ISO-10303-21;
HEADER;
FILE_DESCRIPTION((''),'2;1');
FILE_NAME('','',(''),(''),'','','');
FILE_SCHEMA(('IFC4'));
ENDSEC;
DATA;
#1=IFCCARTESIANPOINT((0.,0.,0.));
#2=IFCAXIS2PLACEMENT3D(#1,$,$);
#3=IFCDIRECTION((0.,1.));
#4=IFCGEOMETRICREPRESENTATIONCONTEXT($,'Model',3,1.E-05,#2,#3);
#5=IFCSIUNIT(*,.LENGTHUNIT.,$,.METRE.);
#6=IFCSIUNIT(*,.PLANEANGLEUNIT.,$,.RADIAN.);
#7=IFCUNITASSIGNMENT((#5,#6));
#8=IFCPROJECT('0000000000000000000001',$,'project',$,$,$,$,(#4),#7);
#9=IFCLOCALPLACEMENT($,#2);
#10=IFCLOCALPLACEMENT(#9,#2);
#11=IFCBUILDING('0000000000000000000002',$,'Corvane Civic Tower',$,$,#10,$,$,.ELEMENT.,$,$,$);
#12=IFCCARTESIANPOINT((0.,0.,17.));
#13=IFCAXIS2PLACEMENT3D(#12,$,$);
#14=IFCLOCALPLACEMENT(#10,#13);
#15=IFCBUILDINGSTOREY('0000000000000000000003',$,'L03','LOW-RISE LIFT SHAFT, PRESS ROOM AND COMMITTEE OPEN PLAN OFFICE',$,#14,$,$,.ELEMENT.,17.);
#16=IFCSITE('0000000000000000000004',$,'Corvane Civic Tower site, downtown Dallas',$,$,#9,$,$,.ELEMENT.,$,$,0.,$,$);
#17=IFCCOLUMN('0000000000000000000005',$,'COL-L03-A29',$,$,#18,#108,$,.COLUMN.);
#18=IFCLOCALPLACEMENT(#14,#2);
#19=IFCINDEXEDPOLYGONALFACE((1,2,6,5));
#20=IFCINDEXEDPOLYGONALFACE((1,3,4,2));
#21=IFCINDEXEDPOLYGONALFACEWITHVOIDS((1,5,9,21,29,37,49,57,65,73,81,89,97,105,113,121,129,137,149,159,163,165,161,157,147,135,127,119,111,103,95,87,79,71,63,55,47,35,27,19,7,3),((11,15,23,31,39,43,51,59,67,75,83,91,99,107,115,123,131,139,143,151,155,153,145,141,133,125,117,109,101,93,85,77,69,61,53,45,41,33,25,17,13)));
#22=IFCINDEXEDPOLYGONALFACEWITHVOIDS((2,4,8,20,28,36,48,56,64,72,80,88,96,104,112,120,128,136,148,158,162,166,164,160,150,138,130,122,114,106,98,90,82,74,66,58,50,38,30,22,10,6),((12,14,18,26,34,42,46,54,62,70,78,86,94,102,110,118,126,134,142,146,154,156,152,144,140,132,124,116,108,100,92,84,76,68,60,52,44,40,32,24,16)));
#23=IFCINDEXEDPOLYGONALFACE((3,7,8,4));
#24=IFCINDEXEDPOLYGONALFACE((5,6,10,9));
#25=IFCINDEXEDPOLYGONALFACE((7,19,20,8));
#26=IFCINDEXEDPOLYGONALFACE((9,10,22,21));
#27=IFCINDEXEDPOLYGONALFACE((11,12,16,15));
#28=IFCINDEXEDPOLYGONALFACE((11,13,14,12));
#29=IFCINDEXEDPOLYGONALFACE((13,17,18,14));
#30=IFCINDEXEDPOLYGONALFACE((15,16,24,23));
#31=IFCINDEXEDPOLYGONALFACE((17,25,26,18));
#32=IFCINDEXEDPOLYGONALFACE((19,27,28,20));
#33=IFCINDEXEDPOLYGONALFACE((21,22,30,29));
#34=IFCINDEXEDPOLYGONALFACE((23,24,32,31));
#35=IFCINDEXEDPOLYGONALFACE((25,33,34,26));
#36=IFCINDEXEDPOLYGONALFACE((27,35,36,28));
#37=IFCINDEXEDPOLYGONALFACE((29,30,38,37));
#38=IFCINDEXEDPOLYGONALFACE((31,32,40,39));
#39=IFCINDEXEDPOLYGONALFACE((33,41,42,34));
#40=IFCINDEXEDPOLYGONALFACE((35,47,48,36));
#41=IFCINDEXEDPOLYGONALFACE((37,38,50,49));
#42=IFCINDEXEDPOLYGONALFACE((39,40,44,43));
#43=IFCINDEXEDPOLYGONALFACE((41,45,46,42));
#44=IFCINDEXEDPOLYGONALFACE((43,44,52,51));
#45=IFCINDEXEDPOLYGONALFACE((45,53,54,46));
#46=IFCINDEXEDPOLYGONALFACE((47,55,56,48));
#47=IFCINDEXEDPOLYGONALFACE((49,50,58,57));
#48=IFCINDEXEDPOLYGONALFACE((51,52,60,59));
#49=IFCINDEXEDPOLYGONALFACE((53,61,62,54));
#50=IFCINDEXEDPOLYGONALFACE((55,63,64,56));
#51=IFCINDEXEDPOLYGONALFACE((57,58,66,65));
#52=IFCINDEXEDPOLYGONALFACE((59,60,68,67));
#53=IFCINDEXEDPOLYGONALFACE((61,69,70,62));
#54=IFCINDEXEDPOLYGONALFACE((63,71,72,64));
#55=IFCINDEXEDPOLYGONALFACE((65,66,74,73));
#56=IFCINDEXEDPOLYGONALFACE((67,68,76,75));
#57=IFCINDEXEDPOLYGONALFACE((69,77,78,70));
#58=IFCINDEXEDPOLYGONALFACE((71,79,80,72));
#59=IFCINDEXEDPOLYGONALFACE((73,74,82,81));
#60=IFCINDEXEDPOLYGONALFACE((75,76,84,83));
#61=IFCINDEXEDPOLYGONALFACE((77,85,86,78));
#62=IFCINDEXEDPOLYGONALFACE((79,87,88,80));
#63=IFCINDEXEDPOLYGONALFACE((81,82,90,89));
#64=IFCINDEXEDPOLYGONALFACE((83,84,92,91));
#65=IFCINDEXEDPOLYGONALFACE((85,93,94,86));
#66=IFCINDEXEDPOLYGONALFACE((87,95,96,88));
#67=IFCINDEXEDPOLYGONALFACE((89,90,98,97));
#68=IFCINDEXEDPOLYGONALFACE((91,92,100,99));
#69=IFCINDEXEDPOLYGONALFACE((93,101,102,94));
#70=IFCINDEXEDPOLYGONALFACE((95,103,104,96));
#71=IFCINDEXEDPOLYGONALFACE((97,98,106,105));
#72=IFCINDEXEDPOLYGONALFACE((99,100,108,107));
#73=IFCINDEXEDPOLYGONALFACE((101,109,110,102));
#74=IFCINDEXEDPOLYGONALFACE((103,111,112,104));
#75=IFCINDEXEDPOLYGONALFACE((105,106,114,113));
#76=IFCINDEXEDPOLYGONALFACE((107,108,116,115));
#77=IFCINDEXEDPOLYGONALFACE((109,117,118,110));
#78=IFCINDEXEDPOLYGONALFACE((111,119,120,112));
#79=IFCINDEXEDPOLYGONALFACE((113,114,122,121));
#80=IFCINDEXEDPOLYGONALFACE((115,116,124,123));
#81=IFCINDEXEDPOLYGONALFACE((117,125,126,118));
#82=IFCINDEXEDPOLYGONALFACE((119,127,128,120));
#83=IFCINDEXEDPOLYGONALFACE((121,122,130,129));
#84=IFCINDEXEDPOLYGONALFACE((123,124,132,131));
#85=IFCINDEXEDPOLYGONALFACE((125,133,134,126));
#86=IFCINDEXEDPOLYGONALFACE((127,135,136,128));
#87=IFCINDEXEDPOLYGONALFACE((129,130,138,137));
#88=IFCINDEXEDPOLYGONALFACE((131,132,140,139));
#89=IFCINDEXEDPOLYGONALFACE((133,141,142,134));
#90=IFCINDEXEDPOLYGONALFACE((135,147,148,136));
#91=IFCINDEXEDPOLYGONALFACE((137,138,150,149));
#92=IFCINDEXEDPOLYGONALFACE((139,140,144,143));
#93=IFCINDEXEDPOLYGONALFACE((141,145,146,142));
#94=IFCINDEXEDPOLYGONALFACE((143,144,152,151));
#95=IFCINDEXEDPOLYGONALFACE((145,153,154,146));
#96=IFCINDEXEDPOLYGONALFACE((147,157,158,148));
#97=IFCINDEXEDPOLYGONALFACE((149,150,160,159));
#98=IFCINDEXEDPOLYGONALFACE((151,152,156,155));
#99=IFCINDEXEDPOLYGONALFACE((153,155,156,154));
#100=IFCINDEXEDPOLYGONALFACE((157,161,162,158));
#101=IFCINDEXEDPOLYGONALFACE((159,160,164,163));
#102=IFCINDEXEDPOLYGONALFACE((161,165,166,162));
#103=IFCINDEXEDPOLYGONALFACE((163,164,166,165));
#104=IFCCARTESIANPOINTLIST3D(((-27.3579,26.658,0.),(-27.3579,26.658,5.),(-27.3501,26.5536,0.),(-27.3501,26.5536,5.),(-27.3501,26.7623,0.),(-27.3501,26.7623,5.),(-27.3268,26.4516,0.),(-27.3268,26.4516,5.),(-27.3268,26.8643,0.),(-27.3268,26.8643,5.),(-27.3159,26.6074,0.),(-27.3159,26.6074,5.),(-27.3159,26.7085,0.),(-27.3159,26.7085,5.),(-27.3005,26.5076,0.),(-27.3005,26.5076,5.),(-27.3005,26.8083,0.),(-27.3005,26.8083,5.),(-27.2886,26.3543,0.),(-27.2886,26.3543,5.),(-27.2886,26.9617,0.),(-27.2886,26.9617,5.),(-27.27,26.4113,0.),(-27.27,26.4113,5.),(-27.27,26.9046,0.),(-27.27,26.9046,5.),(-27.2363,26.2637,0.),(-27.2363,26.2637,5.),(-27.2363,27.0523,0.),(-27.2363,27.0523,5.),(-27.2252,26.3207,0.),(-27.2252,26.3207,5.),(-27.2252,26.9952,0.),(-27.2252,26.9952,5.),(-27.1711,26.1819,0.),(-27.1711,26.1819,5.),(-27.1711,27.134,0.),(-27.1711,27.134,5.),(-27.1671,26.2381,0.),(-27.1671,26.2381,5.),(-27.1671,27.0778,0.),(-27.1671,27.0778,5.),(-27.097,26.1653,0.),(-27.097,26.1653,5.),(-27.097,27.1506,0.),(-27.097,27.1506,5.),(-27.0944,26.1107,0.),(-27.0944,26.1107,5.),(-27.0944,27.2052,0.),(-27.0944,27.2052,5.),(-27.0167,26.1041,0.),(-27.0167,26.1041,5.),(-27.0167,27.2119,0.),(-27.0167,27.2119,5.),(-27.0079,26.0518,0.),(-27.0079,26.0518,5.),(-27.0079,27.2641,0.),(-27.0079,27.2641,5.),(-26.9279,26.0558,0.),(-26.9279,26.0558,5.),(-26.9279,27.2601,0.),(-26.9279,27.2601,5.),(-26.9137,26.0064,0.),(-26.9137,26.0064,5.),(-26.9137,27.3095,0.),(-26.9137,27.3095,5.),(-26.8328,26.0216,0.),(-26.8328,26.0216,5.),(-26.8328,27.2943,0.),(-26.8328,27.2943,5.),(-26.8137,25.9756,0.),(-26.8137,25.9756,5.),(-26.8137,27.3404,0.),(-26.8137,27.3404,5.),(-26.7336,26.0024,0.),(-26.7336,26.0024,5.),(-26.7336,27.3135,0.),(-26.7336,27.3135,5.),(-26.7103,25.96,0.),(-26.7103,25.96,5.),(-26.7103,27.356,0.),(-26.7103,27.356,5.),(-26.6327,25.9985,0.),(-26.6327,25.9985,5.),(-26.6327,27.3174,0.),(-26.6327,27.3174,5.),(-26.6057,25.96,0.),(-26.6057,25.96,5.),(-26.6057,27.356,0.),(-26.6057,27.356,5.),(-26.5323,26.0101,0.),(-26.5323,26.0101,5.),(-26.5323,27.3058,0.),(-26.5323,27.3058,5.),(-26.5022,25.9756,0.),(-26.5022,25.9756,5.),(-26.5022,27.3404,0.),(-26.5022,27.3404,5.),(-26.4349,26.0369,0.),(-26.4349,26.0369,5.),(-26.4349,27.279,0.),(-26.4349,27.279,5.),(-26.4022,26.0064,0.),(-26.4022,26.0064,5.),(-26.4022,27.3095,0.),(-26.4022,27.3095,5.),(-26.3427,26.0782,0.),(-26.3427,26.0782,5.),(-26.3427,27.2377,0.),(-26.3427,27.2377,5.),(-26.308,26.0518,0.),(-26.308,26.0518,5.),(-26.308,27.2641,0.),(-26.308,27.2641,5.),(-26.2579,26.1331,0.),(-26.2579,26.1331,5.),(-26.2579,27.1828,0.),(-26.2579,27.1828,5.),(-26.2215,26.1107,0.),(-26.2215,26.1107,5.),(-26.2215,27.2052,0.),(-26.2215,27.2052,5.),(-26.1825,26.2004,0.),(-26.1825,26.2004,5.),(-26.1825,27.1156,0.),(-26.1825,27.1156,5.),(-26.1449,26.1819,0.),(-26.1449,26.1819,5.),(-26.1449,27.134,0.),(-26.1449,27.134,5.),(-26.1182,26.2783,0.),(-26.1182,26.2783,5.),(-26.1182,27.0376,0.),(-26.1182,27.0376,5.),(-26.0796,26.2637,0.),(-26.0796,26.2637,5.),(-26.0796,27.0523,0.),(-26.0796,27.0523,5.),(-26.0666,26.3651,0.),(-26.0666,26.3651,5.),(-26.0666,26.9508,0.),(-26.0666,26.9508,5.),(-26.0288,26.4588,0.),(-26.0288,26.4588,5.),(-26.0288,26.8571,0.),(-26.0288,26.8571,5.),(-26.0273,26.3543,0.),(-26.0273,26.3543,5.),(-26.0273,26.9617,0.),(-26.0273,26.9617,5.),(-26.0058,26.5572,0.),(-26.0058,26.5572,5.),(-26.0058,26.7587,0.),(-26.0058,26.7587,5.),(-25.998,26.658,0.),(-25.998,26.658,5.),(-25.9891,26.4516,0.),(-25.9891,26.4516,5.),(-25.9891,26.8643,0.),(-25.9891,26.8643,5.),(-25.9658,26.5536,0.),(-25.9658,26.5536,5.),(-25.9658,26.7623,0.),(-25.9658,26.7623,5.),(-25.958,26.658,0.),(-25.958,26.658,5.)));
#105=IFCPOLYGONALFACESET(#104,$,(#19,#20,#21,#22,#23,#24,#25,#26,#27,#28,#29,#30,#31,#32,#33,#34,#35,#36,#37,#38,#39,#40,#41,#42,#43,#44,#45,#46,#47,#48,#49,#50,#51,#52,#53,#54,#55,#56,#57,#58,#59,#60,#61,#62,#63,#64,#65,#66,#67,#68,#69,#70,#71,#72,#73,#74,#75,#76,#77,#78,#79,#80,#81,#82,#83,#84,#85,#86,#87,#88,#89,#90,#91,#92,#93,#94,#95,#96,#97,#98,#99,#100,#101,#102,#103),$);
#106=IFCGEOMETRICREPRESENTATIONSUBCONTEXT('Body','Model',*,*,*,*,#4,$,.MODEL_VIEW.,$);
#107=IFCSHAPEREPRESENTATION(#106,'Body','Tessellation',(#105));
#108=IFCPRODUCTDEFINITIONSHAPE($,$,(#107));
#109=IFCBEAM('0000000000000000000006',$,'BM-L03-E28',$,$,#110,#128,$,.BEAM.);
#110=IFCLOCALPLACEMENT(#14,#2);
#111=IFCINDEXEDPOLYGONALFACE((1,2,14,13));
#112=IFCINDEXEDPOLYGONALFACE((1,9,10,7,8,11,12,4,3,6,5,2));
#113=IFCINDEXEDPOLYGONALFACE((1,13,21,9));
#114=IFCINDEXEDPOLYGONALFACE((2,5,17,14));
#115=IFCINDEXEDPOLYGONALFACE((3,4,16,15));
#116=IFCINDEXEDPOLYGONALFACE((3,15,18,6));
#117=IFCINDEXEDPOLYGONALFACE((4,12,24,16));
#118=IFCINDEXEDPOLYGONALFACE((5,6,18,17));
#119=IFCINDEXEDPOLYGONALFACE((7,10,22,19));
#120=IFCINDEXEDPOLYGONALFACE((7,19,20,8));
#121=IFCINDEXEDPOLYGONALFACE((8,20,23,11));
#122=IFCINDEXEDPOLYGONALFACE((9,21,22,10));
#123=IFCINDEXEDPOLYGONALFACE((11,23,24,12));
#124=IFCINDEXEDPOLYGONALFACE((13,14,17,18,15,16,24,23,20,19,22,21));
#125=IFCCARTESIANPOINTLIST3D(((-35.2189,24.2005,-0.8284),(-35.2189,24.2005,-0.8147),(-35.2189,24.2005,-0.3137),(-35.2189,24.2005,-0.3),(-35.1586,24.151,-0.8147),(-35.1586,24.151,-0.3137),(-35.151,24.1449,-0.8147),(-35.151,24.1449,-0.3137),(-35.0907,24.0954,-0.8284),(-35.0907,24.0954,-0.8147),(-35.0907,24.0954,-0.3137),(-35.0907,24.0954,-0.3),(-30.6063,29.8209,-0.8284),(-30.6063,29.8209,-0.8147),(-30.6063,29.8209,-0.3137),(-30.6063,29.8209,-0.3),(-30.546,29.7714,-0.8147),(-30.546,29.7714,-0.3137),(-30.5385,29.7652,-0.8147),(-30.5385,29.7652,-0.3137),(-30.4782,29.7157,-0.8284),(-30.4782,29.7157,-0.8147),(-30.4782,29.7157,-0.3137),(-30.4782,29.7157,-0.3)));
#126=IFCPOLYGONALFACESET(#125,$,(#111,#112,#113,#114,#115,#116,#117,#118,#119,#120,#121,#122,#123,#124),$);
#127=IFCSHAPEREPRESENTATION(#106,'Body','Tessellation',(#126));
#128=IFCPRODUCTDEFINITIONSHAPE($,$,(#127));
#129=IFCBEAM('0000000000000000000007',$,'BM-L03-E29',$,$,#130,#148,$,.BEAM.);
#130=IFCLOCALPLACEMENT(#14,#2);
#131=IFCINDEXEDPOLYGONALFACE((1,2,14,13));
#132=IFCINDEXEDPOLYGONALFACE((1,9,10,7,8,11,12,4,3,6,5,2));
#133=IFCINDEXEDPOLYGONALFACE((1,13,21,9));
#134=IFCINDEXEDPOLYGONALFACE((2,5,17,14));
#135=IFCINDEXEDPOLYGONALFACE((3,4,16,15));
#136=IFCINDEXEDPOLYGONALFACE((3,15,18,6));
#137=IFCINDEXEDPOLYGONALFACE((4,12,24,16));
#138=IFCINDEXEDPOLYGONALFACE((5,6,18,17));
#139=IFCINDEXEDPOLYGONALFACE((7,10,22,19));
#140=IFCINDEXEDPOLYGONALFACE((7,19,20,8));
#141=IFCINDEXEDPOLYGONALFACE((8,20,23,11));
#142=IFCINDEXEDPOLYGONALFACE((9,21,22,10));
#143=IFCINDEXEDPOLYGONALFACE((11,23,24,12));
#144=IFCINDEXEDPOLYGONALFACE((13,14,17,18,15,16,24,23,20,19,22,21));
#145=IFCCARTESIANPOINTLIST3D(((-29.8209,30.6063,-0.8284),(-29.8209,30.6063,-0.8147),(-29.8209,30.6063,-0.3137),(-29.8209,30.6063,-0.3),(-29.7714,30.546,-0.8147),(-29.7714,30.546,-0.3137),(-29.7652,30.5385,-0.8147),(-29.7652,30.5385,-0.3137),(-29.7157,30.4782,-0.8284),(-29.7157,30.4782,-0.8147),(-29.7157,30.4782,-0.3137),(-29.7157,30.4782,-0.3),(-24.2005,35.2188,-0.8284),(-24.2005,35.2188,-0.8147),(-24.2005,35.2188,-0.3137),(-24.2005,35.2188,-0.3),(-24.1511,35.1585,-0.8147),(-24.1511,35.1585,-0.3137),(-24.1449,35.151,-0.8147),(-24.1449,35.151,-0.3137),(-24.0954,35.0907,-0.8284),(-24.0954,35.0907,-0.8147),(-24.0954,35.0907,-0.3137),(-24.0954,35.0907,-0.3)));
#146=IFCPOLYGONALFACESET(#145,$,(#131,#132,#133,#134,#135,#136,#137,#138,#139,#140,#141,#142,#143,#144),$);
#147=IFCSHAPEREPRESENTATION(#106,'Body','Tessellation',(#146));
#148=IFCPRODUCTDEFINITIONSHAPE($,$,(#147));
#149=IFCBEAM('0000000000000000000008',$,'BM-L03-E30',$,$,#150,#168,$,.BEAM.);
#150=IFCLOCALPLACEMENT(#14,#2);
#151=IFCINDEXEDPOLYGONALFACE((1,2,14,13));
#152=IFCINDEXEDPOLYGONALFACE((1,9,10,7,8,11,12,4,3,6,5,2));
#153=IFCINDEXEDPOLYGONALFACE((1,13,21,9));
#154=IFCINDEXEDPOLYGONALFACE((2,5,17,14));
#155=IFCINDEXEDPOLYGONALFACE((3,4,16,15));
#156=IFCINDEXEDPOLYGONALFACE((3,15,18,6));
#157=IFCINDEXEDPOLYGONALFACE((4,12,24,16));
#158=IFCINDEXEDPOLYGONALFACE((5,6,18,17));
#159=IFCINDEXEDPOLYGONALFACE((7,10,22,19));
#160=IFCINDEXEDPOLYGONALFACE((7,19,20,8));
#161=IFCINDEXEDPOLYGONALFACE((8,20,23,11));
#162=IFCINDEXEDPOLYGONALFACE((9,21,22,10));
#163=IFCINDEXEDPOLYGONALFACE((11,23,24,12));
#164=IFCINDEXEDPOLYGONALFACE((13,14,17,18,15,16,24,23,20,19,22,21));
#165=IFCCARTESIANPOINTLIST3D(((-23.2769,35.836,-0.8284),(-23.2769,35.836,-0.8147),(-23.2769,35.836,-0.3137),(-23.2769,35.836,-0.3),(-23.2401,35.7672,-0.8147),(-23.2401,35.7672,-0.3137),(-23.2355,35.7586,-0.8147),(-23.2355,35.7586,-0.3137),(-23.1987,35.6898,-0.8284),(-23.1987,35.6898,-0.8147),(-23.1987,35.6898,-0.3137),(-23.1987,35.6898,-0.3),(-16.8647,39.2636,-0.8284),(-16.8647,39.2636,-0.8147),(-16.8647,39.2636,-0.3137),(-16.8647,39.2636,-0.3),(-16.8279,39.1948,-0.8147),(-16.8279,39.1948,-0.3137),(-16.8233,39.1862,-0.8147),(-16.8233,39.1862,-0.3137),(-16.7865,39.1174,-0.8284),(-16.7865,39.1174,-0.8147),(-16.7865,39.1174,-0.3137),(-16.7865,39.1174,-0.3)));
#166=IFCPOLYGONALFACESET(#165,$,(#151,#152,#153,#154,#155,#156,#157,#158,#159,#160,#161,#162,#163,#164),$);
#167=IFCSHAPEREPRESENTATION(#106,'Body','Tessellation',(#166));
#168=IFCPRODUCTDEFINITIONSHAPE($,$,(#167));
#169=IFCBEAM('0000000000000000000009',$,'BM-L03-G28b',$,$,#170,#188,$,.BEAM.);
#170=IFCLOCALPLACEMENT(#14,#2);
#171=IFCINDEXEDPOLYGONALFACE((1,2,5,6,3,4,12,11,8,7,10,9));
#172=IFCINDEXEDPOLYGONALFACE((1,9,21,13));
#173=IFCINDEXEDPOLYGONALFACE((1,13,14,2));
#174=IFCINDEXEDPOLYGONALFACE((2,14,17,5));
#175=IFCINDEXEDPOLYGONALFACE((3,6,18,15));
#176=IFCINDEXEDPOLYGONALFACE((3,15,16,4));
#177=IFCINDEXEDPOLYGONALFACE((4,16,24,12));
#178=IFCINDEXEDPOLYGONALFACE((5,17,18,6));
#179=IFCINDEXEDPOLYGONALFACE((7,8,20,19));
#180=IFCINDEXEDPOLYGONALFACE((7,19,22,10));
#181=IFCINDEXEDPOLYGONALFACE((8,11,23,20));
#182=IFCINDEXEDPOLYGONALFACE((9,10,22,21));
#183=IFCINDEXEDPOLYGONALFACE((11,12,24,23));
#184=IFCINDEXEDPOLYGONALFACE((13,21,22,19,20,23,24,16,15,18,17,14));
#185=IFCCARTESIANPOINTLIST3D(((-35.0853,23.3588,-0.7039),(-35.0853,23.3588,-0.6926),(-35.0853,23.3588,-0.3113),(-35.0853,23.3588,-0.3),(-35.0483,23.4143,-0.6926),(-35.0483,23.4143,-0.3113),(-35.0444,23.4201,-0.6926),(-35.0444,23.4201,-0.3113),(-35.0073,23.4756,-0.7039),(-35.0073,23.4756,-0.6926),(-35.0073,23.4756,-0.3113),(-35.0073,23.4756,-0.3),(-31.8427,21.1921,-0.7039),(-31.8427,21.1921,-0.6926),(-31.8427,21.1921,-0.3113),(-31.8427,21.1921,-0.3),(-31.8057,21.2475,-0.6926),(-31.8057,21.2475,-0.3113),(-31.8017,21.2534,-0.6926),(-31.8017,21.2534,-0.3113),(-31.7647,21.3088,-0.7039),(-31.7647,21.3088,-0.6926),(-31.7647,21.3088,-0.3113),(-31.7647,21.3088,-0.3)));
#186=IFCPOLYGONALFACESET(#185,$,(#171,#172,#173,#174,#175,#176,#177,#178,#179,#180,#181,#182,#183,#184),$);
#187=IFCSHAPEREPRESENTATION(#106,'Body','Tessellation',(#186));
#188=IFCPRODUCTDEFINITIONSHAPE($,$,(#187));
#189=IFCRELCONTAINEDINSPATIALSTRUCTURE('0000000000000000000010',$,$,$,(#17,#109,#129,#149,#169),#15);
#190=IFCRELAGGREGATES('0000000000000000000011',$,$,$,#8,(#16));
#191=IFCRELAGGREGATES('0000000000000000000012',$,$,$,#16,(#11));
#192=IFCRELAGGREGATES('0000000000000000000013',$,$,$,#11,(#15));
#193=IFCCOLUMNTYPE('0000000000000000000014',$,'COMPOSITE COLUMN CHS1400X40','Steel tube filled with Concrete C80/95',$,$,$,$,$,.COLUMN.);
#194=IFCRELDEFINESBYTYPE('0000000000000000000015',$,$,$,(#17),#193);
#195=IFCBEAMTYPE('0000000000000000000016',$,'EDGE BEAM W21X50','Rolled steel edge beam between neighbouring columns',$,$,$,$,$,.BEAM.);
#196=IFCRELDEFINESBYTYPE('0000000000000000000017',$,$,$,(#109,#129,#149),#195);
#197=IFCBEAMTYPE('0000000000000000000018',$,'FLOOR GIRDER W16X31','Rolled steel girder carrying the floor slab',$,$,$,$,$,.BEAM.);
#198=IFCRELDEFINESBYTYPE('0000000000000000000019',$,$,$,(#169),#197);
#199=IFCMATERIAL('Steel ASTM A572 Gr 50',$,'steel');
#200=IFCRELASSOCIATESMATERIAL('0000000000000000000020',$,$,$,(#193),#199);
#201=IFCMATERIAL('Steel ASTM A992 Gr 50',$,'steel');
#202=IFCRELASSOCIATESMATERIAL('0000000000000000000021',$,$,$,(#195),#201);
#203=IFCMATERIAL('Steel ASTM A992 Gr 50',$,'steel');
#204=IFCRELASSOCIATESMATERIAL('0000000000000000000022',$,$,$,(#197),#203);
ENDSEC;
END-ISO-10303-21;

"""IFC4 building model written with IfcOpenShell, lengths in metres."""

from ifc_helpers import new_model, si_unit, direction, frame, origin, origin_2d, place, context, subcontext, project, spatial, hollow_circle, i_section, extrude, material, material_profile, profile_set, type_object, element, save


model = new_model("IFC4")

# Units and contexts
model_context = context("Model", 3, precision=1e-05, world=origin(), true_north=direction((0.0, 1.0)))
body_context = subcontext(model_context, "Body", "Model", "MODEL_VIEW")
ifc_project = project(units=[si_unit("LENGTHUNIT", "METRE"), si_unit("PLANEANGLEUNIT", "RADIAN")], contexts=[model_context])

# Site, building, storey
site_placement = place(None, origin())
site = spatial("IfcSite", under=ifc_project, at=site_placement, Name="Corvane Civic Tower site, downtown Dallas", CompositionType="ELEMENT", RefElevation=0.0)
building_placement = place(site_placement, origin())
building = spatial("IfcBuilding", under=site, at=building_placement, Name="Corvane Civic Tower", CompositionType="ELEMENT")
storey_placement = place(building_placement, frame((0.0, 0.0, 17.0)))
storey = spatial("IfcBuildingStorey", under=building, at=storey_placement, Name="L03", Description="LOW-RISE LIFT SHAFT, PRESS ROOM AND COMMITTEE OPEN PLAN OFFICE", CompositionType="ELEMENT", Elevation=17.0)

# Column
ifc_material_1 = material(Name="Steel ASTM A572 Gr 50", Category="steel")
ifc_material_profile_1 = material_profile(ifc_material_1, hollow_circle(Radius=0.7, WallThickness=0.04, at=origin_2d()), Name="CHS1400X40")
ifc_profile_set_1 = profile_set([ifc_material_profile_1], Name="Steel ASTM A572 Gr 50")
column_type_1 = type_object("IfcColumnType", Name="COMPOSITE COLUMN CHS1400X40", Description="Steel tube filled with Concrete C80/95", PredefinedType="COLUMN", material=ifc_profile_set_1)
for number, where, z_axis, x_axis, name in (
    (1, (-26.658, 26.658, 0.0), (0.0, 0.0, 1.0), (1.0, 0.0, 0.0), "COL-L03-A29"),
):
    element("IfcColumn", number, at=place(storey_placement, frame(where, z_axis=z_axis, x_axis=x_axis)), inside=storey, type_object=column_type_1, Name=name, PredefinedType="COLUMN", context=body_context, shape_type="SweptSolid", body=[
        extrude(hollow_circle(Radius=0.7, WallThickness=0.04, at=origin_2d()), origin(), (0.0, 0.0, 1.0), 5.0),
    ])

# Beams
ifc_material_2 = material(Name="Steel ASTM A992 Gr 50", Category="steel")
ifc_material_profile_2 = material_profile(ifc_material_2, i_section(OverallWidth=0.1658, OverallDepth=0.5283, WebThickness=0.0098, FlangeThickness=0.0137, at=origin_2d()), Name="W21X50")
ifc_profile_set_2 = profile_set([ifc_material_profile_2], Name="Steel ASTM A992 Gr 50")
beam_type_1 = type_object("IfcBeamType", Name="EDGE BEAM W21X50", Description="Rolled steel edge beam between neighbouring columns", PredefinedType="BEAM", material=ifc_profile_set_2)
for number, where, z_axis, x_axis, name in (
    (2, (-35.1548, 24.1479, -0.5642), (0.634396, 0.773008, 0.0), (-0.773008, 0.634396, 0.0), "BM-L03-E28"),
    (3, (-29.7683, 30.5422, -0.5642), (0.773008, 0.634396, 0.0), (-0.634396, 0.773008, 0.0), "BM-L03-E29"),
    (4, (-23.2378, 35.7629, -0.5642), (0.881913, 0.471412, 0.0), (-0.471412, 0.881913, 0.0), "BM-L03-E30"),
):
    element("IfcBeam", number, at=place(storey_placement, frame(where, z_axis=z_axis, x_axis=x_axis)), inside=storey, type_object=beam_type_1, Name=name, PredefinedType="BEAM", context=body_context, shape_type="SweptSolid", body=[
        extrude(i_section(OverallWidth=0.1658, OverallDepth=0.5283, WebThickness=0.0098, FlangeThickness=0.0137, at=origin_2d()), origin(), (0.0, 0.0, 1.0), 7.2708),
    ])
ifc_material_3 = material(Name="Steel ASTM A992 Gr 50", Category="steel")
ifc_material_profile_3 = material_profile(ifc_material_3, i_section(OverallWidth=0.1404, OverallDepth=0.4038, WebThickness=0.0071, FlangeThickness=0.0112, at=origin_2d()), Name="W16X31")
ifc_profile_set_3 = profile_set([ifc_material_profile_3], Name="Steel ASTM A992 Gr 50")
beam_type_2 = type_object("IfcBeamType", Name="FLOOR GIRDER W16X31", Description="Rolled steel girder carrying the floor slab", PredefinedType="BEAM", material=ifc_profile_set_3)
for number, where, z_axis, x_axis, name in (
    (5, (-31.8037, 21.2505, -0.502), (-0.831462, 0.555581, 0.0), (-0.555581, -0.831462, 0.0), "BM-L03-G28b"),
):
    element("IfcBeam", number, at=place(storey_placement, frame(where, z_axis=z_axis, x_axis=x_axis)), inside=storey, type_object=beam_type_2, Name=name, PredefinedType="BEAM", context=body_context, shape_type="SweptSolid", body=[
        extrude(i_section(OverallWidth=0.1404, OverallDepth=0.4038, WebThickness=0.0071, FlangeThickness=0.0112, at=origin_2d()), origin(), (0.0, 0.0, 1.0), 3.8999),
    ])

save(model, "model.ifc")
